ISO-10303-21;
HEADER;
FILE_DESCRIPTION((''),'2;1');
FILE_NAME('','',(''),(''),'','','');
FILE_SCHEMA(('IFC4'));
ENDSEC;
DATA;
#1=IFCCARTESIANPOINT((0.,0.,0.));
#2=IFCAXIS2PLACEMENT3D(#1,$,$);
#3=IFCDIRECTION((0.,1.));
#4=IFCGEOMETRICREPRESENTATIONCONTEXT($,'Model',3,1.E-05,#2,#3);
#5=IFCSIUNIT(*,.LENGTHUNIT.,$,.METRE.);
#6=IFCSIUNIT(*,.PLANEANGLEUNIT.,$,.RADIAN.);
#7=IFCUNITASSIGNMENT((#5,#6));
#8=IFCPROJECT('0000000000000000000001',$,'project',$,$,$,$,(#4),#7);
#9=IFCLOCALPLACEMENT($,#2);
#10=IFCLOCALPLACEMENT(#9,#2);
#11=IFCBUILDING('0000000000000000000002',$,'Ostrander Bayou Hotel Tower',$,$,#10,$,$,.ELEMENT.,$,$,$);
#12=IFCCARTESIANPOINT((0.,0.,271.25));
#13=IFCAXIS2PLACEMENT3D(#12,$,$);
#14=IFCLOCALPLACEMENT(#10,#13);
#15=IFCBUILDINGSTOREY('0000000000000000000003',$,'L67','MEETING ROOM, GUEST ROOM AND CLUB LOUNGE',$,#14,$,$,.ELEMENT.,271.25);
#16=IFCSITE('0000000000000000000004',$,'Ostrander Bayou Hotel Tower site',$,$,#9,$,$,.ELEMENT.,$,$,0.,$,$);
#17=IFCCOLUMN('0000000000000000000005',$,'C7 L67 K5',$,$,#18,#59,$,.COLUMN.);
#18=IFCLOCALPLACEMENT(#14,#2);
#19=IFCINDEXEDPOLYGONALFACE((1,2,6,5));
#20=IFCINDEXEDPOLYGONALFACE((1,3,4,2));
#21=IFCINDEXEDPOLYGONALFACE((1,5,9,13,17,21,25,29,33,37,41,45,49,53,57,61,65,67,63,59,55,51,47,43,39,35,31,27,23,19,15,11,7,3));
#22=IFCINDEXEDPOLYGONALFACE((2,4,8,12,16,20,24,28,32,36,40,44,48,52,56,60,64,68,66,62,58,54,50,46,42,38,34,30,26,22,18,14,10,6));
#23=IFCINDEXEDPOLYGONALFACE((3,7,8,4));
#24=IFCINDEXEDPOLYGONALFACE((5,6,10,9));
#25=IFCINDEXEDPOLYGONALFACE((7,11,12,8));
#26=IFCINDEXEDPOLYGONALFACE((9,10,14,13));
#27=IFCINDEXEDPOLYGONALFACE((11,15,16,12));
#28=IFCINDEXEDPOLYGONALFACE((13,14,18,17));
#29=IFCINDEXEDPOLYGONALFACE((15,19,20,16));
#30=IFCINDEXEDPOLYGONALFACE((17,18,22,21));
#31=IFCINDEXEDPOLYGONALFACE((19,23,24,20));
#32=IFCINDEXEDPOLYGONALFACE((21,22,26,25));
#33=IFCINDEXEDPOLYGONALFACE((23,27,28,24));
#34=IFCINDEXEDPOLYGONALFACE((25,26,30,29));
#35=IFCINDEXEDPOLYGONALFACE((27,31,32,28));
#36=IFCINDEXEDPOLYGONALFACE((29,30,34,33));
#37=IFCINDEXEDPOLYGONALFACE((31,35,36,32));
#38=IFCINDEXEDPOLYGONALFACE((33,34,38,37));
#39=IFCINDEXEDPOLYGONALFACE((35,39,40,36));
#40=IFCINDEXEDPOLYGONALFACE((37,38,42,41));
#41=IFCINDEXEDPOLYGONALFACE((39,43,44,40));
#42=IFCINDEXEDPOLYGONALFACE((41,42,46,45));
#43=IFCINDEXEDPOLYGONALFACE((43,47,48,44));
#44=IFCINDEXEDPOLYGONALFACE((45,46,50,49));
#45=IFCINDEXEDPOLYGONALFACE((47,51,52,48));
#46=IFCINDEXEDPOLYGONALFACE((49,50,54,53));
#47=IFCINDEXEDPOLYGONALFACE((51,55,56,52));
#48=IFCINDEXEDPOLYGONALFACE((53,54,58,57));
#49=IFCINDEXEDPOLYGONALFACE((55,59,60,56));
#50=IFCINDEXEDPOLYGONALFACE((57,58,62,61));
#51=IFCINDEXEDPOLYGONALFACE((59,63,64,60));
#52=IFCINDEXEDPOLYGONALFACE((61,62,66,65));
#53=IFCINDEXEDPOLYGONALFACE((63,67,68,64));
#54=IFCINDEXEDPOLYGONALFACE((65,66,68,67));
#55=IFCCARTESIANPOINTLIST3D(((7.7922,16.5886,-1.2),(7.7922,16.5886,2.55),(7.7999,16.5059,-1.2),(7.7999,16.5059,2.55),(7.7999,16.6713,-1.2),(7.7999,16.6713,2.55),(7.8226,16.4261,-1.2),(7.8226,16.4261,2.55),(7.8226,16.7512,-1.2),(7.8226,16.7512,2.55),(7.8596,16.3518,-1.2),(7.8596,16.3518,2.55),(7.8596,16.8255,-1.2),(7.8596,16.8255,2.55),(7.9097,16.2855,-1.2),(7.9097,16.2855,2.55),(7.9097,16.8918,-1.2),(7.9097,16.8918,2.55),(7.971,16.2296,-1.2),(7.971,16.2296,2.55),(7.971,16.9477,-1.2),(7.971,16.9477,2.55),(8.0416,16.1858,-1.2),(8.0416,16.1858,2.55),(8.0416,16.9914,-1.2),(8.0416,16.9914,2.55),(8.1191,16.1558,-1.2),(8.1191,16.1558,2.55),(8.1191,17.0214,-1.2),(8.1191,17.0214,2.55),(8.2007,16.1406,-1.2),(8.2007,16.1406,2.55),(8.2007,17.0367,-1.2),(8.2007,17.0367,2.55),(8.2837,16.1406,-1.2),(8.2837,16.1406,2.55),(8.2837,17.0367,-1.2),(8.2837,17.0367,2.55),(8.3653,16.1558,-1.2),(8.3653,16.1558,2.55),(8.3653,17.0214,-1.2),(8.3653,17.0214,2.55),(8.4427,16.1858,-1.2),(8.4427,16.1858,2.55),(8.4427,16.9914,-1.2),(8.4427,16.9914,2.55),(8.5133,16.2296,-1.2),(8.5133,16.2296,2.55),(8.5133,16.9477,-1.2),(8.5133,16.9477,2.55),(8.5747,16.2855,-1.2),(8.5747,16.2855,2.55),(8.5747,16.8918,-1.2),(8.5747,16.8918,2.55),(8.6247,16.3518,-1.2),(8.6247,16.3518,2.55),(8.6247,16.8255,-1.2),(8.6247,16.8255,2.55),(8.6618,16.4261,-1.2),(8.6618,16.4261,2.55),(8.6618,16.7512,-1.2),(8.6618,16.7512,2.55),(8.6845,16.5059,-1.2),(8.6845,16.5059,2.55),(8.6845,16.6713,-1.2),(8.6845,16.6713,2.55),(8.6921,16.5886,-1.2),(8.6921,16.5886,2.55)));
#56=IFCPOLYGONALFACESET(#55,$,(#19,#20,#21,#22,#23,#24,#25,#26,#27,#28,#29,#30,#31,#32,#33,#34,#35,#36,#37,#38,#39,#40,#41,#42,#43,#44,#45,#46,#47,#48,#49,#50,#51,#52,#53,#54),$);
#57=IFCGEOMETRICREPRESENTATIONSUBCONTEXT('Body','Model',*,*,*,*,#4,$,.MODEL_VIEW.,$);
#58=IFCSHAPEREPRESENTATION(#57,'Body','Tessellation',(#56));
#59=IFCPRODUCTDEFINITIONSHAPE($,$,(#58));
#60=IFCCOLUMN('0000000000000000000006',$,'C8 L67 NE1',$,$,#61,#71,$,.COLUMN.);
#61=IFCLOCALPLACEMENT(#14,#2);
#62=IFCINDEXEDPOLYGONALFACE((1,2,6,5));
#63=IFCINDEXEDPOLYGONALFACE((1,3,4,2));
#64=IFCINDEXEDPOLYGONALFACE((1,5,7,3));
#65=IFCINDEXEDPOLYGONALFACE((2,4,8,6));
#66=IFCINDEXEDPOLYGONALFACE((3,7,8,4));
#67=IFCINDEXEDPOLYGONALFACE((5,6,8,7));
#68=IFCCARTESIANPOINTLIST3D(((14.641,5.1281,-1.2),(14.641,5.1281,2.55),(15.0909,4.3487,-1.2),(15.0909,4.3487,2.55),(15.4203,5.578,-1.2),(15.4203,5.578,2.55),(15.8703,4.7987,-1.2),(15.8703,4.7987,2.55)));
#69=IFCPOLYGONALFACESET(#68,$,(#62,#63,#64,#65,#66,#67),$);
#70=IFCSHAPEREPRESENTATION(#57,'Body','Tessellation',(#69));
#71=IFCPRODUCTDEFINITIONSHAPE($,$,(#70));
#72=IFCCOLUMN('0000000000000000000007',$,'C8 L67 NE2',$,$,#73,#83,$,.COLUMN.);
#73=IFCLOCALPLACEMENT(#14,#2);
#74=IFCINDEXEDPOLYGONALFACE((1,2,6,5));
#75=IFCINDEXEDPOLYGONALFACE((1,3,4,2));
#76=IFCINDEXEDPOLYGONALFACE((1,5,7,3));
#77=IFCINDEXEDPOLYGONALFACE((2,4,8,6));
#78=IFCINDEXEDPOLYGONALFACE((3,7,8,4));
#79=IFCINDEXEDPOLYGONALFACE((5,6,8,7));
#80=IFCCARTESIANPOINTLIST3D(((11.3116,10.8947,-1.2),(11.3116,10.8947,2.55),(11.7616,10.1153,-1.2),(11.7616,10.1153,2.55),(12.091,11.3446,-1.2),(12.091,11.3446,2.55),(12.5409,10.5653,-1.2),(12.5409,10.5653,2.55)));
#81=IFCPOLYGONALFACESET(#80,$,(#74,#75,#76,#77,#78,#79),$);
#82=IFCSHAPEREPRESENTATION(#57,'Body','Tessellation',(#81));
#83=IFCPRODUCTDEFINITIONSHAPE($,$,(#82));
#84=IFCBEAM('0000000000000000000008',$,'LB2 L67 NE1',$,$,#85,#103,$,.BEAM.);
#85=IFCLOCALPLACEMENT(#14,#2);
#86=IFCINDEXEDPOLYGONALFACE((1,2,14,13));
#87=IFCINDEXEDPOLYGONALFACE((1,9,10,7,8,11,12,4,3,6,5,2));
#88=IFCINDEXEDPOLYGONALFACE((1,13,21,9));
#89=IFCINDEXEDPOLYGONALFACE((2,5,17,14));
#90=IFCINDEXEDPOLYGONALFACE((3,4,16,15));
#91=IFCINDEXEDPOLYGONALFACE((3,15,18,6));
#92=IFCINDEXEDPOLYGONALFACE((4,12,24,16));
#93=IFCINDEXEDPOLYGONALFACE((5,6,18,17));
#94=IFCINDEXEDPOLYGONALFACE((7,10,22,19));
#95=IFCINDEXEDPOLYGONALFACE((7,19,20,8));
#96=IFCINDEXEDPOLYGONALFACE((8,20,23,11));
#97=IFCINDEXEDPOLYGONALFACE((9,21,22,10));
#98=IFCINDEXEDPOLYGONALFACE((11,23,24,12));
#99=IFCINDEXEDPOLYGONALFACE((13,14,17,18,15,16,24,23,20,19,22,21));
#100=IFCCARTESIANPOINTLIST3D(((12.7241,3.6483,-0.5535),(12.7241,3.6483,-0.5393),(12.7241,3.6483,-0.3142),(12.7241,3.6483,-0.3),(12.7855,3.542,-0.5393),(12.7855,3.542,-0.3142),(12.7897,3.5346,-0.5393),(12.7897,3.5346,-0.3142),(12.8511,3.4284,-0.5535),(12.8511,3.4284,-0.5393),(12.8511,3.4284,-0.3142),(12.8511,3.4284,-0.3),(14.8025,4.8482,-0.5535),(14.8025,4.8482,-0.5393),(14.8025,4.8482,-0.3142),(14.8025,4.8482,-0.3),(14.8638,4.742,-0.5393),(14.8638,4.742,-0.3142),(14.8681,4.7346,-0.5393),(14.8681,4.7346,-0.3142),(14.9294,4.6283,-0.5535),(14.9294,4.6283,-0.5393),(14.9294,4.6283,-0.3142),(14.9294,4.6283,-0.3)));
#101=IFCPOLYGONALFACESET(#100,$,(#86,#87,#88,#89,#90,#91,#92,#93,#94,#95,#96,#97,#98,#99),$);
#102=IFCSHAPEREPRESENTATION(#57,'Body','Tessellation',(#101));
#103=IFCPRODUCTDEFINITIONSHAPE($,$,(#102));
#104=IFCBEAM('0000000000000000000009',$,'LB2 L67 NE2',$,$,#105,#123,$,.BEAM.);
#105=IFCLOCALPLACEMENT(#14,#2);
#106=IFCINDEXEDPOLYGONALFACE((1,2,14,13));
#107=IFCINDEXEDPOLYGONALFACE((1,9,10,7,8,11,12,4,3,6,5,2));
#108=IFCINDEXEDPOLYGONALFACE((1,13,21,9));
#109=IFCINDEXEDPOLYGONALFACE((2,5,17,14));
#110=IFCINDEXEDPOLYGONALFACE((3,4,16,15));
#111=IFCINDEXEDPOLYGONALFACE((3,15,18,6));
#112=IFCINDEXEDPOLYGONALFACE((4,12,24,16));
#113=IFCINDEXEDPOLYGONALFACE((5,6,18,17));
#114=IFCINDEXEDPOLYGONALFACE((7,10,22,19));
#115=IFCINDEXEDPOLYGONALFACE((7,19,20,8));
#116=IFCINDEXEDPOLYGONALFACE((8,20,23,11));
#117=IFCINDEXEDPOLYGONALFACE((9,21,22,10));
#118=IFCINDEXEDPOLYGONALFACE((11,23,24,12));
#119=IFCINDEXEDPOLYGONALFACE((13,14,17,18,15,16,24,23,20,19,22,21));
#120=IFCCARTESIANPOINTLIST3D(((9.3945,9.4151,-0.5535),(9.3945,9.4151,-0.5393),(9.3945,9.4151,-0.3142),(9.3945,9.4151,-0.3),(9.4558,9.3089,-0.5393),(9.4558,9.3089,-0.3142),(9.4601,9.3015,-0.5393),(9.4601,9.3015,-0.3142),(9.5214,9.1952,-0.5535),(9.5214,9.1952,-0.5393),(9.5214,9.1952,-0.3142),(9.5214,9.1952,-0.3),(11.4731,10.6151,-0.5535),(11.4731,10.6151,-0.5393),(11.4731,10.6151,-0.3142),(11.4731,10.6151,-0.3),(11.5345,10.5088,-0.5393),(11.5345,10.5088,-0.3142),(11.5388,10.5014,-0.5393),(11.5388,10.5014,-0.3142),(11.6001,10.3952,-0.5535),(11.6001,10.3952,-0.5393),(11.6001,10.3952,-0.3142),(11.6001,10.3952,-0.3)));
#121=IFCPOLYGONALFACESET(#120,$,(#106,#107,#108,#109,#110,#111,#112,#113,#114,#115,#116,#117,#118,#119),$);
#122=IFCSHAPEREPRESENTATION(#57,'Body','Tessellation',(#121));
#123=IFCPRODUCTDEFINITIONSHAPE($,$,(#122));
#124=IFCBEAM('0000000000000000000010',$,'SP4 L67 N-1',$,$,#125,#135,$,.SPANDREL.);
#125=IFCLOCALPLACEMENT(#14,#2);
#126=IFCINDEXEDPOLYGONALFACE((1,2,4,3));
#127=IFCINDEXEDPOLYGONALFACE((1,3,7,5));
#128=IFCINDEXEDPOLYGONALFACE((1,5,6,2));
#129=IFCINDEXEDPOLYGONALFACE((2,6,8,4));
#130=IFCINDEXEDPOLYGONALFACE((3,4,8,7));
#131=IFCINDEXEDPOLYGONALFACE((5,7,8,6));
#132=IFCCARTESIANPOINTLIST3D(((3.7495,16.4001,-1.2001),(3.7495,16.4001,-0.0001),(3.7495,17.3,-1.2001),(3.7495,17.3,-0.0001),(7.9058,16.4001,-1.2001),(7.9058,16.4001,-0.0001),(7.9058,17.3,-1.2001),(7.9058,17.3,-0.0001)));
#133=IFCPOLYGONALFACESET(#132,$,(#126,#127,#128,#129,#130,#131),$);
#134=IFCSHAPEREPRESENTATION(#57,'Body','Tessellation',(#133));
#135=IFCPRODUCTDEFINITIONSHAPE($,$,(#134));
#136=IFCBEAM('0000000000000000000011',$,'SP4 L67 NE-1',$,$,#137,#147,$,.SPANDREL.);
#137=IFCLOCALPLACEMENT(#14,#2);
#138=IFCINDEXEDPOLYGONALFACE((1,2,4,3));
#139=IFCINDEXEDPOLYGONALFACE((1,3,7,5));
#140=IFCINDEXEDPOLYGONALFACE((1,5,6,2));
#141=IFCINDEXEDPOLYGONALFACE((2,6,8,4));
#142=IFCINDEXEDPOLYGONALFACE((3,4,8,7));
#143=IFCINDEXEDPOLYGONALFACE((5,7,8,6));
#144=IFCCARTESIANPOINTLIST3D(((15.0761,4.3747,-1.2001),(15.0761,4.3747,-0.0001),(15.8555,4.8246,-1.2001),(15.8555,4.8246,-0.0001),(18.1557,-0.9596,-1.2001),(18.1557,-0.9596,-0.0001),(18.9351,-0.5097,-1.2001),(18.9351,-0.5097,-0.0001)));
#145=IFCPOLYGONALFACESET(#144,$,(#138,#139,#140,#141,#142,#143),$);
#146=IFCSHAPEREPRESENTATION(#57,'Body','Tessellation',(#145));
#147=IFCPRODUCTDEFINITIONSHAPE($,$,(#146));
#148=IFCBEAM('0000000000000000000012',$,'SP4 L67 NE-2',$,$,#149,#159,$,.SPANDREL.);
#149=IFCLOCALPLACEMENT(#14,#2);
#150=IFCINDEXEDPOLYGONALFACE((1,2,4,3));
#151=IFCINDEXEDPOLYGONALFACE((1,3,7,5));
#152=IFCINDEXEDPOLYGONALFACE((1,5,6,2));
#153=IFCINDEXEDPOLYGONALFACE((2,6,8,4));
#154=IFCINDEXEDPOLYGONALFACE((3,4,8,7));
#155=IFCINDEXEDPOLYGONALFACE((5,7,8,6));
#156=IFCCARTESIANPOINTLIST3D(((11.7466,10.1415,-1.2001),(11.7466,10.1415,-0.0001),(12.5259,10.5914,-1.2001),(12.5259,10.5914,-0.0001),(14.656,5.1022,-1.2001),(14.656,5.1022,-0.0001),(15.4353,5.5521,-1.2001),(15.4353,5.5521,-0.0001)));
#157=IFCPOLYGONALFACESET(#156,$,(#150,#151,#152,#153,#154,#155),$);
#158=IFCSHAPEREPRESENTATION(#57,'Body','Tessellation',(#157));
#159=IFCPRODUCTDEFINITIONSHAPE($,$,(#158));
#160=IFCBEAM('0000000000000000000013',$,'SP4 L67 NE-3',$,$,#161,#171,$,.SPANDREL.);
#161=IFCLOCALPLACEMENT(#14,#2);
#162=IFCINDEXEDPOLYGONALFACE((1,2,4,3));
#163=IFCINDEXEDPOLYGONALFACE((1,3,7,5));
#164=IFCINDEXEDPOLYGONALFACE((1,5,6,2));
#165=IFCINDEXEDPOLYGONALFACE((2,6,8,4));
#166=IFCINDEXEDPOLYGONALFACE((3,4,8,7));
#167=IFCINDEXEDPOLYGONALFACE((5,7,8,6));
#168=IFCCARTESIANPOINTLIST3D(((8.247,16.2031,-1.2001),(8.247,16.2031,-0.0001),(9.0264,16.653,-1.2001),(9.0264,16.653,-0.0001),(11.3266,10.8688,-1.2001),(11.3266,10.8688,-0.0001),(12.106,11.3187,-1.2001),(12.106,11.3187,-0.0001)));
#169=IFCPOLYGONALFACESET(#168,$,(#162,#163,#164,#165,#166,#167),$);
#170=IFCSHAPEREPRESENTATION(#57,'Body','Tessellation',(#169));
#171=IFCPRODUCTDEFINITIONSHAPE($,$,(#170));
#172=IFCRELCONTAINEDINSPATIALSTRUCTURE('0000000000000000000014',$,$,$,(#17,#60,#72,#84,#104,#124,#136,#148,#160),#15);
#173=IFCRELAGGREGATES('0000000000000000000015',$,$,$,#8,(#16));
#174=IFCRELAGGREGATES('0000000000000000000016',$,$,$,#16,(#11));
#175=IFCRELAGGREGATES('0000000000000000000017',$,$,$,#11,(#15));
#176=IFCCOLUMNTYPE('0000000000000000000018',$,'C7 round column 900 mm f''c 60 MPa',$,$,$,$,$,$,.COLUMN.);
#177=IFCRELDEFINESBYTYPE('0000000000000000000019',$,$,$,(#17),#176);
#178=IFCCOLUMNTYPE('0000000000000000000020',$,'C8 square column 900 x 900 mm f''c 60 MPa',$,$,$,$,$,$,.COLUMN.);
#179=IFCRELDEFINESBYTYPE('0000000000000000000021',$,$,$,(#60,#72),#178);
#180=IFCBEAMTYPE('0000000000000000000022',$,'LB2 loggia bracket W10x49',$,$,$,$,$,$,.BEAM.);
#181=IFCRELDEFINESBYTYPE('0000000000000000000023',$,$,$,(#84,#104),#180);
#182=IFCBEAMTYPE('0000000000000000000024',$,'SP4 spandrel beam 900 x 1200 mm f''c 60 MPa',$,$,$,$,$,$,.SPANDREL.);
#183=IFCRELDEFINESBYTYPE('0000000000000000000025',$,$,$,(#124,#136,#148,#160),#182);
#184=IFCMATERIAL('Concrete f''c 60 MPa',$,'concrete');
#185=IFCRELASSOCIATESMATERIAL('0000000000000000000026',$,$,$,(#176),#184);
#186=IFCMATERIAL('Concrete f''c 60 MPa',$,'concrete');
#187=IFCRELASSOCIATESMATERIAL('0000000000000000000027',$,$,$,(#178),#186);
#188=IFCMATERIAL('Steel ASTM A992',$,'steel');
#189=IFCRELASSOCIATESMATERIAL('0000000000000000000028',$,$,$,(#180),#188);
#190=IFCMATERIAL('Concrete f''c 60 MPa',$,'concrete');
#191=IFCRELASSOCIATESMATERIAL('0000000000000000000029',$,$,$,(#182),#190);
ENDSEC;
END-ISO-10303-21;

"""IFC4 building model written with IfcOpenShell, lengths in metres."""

from ifc_helpers import new_model, si_unit, direction, frame, origin, origin_2d, place, context, subcontext, project, spatial, rectangle, circle, i_section, extrude, material, material_profile, profile_set, type_object, element, save


model = new_model("IFC4")

# Units and contexts
model_context = context("Model", 3, precision=1e-05, world=origin(), true_north=direction((0.0, 1.0)))
body_context = subcontext(model_context, "Body", "Model", "MODEL_VIEW")
ifc_project = project(units=[si_unit("LENGTHUNIT", "METRE"), si_unit("PLANEANGLEUNIT", "RADIAN")], contexts=[model_context])

# Site, building, storey
site_placement = place(None, origin())
site = spatial("IfcSite", under=ifc_project, at=site_placement, Name="Ostrander Bayou Hotel Tower site", CompositionType="ELEMENT", RefElevation=0.0)
building_placement = place(site_placement, origin())
building = spatial("IfcBuilding", under=site, at=building_placement, Name="Ostrander Bayou Hotel Tower", CompositionType="ELEMENT")
storey_placement = place(building_placement, frame((0.0, 0.0, 271.25)))
storey = spatial("IfcBuildingStorey", under=building, at=storey_placement, Name="L67", Description="MEETING ROOM, GUEST ROOM AND CLUB LOUNGE", CompositionType="ELEMENT", Elevation=271.25)

# Columns
ifc_material_1 = material(Name="Concrete f'c 60 MPa", Category="concrete")
ifc_material_profile_1 = material_profile(ifc_material_1, circle(Radius=0.45, at=origin_2d()))
ifc_profile_set_1 = profile_set([ifc_material_profile_1], Name="Concrete f'c 60 MPa")
column_type_1 = type_object("IfcColumnType", Name="C7 round column 900 mm f'c 60 MPa", PredefinedType="COLUMN", material=ifc_profile_set_1)
column_placement = place(storey_placement, frame((8.2422, 16.5886, -1.2), z_axis=(0.0, 0.0, 1.0), x_axis=(1.0, 0.0, 0.0)))
element("IfcColumn", 1, at=column_placement, inside=storey, type_object=column_type_1, Name="C7 L67 K5", PredefinedType="COLUMN", context=body_context, shape_type="SweptSolid", body=[
    extrude(circle(Radius=0.45, at=origin_2d()), origin(), (0.0, 0.0, 1.0), 3.75),
])
ifc_material_2 = material(Name="Concrete f'c 60 MPa", Category="concrete")
ifc_material_profile_2 = material_profile(ifc_material_2, rectangle(XDim=0.8999, YDim=0.8999, at=origin_2d()))
ifc_profile_set_2 = profile_set([ifc_material_profile_2], Name="Concrete f'c 60 MPa")
column_type_2 = type_object("IfcColumnType", Name="C8 square column 900 x 900 mm f'c 60 MPa", PredefinedType="COLUMN", material=ifc_profile_set_2)
for number, where, z_axis, x_axis, name in (
    (2, (15.2556, 4.9634, -1.2), (0.0, 0.0, 1.0), (0.5, -0.866025, 0.0), "C8 L67 NE1"),
    (3, (11.9263, 10.73, -1.2), (0.0, 0.0, 1.0), (0.5, -0.866025, 0.0), "C8 L67 NE2"),
):
    element("IfcColumn", number, at=place(storey_placement, frame(where, z_axis=z_axis, x_axis=x_axis)), inside=storey, type_object=column_type_2, Name=name, PredefinedType="COLUMN", context=body_context, shape_type="SweptSolid", body=[
        extrude(rectangle(XDim=0.8999, YDim=0.8999, at=origin_2d()), origin(), (0.0, 0.0, 1.0), 3.75),
    ])

# Beams
ifc_material_3 = material(Name="Steel ASTM A992", Category="steel")
ifc_material_profile_3 = material_profile(ifc_material_3, i_section(OverallWidth=0.2539, OverallDepth=0.2534, WebThickness=0.0085, FlangeThickness=0.0142, at=origin_2d()))
ifc_profile_set_3 = profile_set([ifc_material_profile_3], Name="Steel ASTM A992")
beam_type_1 = type_object("IfcBeamType", Name="LB2 loggia bracket W10x49", PredefinedType="BEAM", material=ifc_profile_set_3)
beam_1_placement = place(storey_placement, frame((14.866, 4.7383, -0.4268), z_axis=(-0.866025, -0.500001, 0.0), x_axis=(0.500001, -0.866025, 0.0)))
element("IfcBeam", 4, at=beam_1_placement, inside=storey, type_object=beam_type_1, Name="LB2 L67 NE1", PredefinedType="BEAM", context=body_context, shape_type="SweptSolid", body=[
    extrude(i_section(OverallWidth=0.2539, OverallDepth=0.2534, WebThickness=0.0085, FlangeThickness=0.0142, at=origin_2d()), origin(), (0.0, 0.0, 1.0), 2.3999),
])
beam_2_placement = place(storey_placement, frame((11.5366, 10.5051, -0.4268), z_axis=(-0.86605, -0.499957, 0.0), x_axis=(0.499957, -0.86605, 0.0)))
element("IfcBeam", 5, at=beam_2_placement, inside=storey, type_object=beam_type_1, Name="LB2 L67 NE2", PredefinedType="BEAM", context=body_context, shape_type="SweptSolid", body=[
    extrude(i_section(OverallWidth=0.2539, OverallDepth=0.2534, WebThickness=0.0085, FlangeThickness=0.0142, at=origin_2d()), origin(), (0.0, 0.0, 1.0), 2.4001),
])
ifc_material_4 = material(Name="Concrete f'c 60 MPa", Category="concrete")
ifc_material_profile_4 = material_profile(ifc_material_4, rectangle(XDim=0.8999, YDim=1.2, at=origin_2d()))
ifc_profile_set_4 = profile_set([ifc_material_profile_4], Name="Concrete f'c 60 MPa")
beam_type_2 = type_object("IfcBeamType", Name="SP4 spandrel beam 900 x 1200 mm f'c 60 MPa", PredefinedType="SPANDREL", material=ifc_profile_set_4)
beam_3_placement = place(storey_placement, frame((7.9058, 16.8501, -0.6001), z_axis=(-1.0, 0.0, 0.0), x_axis=(0.0, -1.0, 0.0)))
element("IfcBeam", 6, at=beam_3_placement, inside=storey, type_object=beam_type_2, Name="SP4 L67 N-1", PredefinedType="SPANDREL", context=body_context, shape_type="SweptSolid", body=[
    extrude(rectangle(XDim=0.8999, YDim=1.2, at=origin_2d()), origin(), (0.0, 0.0, 1.0), 4.1562),
])
beam_4_placement = place(storey_placement, frame((18.5454, -0.7346, -0.6001), z_axis=(-0.499984, 0.866034, 0.0), x_axis=(-0.866034, -0.499984, 0.0)))
element("IfcBeam", 7, at=beam_4_placement, inside=storey, type_object=beam_type_2, Name="SP4 L67 NE-1", PredefinedType="SPANDREL", context=body_context, shape_type="SweptSolid", body=[
    extrude(rectangle(XDim=0.8999, YDim=1.2, at=origin_2d()), origin(), (0.0, 0.0, 1.0), 6.1594),
])
beam_5_placement = place(storey_placement, frame((15.0457, 5.3271, -0.6001), z_axis=(-0.499997, 0.866027, 0.0), x_axis=(-0.866027, -0.499997, 0.0)))
element("IfcBeam", 8, at=beam_5_placement, inside=storey, type_object=beam_type_2, Name="SP4 L67 NE-2", PredefinedType="SPANDREL", context=body_context, shape_type="SweptSolid", body=[
    extrude(rectangle(XDim=0.8999, YDim=1.2, at=origin_2d()), origin(), (0.0, 0.0, 1.0), 5.8188),
])
beam_6_placement = place(storey_placement, frame((11.7163, 11.0938, -0.6001), z_axis=(-0.499984, 0.866034, 0.0), x_axis=(-0.866034, -0.499984, 0.0)))
element("IfcBeam", 9, at=beam_6_placement, inside=storey, type_object=beam_type_2, Name="SP4 L67 NE-3", PredefinedType="SPANDREL", context=body_context, shape_type="SweptSolid", body=[
    extrude(rectangle(XDim=0.8999, YDim=1.2, at=origin_2d()), origin(), (0.0, 0.0, 1.0), 6.1594),
])

save(model, "model.ifc")
